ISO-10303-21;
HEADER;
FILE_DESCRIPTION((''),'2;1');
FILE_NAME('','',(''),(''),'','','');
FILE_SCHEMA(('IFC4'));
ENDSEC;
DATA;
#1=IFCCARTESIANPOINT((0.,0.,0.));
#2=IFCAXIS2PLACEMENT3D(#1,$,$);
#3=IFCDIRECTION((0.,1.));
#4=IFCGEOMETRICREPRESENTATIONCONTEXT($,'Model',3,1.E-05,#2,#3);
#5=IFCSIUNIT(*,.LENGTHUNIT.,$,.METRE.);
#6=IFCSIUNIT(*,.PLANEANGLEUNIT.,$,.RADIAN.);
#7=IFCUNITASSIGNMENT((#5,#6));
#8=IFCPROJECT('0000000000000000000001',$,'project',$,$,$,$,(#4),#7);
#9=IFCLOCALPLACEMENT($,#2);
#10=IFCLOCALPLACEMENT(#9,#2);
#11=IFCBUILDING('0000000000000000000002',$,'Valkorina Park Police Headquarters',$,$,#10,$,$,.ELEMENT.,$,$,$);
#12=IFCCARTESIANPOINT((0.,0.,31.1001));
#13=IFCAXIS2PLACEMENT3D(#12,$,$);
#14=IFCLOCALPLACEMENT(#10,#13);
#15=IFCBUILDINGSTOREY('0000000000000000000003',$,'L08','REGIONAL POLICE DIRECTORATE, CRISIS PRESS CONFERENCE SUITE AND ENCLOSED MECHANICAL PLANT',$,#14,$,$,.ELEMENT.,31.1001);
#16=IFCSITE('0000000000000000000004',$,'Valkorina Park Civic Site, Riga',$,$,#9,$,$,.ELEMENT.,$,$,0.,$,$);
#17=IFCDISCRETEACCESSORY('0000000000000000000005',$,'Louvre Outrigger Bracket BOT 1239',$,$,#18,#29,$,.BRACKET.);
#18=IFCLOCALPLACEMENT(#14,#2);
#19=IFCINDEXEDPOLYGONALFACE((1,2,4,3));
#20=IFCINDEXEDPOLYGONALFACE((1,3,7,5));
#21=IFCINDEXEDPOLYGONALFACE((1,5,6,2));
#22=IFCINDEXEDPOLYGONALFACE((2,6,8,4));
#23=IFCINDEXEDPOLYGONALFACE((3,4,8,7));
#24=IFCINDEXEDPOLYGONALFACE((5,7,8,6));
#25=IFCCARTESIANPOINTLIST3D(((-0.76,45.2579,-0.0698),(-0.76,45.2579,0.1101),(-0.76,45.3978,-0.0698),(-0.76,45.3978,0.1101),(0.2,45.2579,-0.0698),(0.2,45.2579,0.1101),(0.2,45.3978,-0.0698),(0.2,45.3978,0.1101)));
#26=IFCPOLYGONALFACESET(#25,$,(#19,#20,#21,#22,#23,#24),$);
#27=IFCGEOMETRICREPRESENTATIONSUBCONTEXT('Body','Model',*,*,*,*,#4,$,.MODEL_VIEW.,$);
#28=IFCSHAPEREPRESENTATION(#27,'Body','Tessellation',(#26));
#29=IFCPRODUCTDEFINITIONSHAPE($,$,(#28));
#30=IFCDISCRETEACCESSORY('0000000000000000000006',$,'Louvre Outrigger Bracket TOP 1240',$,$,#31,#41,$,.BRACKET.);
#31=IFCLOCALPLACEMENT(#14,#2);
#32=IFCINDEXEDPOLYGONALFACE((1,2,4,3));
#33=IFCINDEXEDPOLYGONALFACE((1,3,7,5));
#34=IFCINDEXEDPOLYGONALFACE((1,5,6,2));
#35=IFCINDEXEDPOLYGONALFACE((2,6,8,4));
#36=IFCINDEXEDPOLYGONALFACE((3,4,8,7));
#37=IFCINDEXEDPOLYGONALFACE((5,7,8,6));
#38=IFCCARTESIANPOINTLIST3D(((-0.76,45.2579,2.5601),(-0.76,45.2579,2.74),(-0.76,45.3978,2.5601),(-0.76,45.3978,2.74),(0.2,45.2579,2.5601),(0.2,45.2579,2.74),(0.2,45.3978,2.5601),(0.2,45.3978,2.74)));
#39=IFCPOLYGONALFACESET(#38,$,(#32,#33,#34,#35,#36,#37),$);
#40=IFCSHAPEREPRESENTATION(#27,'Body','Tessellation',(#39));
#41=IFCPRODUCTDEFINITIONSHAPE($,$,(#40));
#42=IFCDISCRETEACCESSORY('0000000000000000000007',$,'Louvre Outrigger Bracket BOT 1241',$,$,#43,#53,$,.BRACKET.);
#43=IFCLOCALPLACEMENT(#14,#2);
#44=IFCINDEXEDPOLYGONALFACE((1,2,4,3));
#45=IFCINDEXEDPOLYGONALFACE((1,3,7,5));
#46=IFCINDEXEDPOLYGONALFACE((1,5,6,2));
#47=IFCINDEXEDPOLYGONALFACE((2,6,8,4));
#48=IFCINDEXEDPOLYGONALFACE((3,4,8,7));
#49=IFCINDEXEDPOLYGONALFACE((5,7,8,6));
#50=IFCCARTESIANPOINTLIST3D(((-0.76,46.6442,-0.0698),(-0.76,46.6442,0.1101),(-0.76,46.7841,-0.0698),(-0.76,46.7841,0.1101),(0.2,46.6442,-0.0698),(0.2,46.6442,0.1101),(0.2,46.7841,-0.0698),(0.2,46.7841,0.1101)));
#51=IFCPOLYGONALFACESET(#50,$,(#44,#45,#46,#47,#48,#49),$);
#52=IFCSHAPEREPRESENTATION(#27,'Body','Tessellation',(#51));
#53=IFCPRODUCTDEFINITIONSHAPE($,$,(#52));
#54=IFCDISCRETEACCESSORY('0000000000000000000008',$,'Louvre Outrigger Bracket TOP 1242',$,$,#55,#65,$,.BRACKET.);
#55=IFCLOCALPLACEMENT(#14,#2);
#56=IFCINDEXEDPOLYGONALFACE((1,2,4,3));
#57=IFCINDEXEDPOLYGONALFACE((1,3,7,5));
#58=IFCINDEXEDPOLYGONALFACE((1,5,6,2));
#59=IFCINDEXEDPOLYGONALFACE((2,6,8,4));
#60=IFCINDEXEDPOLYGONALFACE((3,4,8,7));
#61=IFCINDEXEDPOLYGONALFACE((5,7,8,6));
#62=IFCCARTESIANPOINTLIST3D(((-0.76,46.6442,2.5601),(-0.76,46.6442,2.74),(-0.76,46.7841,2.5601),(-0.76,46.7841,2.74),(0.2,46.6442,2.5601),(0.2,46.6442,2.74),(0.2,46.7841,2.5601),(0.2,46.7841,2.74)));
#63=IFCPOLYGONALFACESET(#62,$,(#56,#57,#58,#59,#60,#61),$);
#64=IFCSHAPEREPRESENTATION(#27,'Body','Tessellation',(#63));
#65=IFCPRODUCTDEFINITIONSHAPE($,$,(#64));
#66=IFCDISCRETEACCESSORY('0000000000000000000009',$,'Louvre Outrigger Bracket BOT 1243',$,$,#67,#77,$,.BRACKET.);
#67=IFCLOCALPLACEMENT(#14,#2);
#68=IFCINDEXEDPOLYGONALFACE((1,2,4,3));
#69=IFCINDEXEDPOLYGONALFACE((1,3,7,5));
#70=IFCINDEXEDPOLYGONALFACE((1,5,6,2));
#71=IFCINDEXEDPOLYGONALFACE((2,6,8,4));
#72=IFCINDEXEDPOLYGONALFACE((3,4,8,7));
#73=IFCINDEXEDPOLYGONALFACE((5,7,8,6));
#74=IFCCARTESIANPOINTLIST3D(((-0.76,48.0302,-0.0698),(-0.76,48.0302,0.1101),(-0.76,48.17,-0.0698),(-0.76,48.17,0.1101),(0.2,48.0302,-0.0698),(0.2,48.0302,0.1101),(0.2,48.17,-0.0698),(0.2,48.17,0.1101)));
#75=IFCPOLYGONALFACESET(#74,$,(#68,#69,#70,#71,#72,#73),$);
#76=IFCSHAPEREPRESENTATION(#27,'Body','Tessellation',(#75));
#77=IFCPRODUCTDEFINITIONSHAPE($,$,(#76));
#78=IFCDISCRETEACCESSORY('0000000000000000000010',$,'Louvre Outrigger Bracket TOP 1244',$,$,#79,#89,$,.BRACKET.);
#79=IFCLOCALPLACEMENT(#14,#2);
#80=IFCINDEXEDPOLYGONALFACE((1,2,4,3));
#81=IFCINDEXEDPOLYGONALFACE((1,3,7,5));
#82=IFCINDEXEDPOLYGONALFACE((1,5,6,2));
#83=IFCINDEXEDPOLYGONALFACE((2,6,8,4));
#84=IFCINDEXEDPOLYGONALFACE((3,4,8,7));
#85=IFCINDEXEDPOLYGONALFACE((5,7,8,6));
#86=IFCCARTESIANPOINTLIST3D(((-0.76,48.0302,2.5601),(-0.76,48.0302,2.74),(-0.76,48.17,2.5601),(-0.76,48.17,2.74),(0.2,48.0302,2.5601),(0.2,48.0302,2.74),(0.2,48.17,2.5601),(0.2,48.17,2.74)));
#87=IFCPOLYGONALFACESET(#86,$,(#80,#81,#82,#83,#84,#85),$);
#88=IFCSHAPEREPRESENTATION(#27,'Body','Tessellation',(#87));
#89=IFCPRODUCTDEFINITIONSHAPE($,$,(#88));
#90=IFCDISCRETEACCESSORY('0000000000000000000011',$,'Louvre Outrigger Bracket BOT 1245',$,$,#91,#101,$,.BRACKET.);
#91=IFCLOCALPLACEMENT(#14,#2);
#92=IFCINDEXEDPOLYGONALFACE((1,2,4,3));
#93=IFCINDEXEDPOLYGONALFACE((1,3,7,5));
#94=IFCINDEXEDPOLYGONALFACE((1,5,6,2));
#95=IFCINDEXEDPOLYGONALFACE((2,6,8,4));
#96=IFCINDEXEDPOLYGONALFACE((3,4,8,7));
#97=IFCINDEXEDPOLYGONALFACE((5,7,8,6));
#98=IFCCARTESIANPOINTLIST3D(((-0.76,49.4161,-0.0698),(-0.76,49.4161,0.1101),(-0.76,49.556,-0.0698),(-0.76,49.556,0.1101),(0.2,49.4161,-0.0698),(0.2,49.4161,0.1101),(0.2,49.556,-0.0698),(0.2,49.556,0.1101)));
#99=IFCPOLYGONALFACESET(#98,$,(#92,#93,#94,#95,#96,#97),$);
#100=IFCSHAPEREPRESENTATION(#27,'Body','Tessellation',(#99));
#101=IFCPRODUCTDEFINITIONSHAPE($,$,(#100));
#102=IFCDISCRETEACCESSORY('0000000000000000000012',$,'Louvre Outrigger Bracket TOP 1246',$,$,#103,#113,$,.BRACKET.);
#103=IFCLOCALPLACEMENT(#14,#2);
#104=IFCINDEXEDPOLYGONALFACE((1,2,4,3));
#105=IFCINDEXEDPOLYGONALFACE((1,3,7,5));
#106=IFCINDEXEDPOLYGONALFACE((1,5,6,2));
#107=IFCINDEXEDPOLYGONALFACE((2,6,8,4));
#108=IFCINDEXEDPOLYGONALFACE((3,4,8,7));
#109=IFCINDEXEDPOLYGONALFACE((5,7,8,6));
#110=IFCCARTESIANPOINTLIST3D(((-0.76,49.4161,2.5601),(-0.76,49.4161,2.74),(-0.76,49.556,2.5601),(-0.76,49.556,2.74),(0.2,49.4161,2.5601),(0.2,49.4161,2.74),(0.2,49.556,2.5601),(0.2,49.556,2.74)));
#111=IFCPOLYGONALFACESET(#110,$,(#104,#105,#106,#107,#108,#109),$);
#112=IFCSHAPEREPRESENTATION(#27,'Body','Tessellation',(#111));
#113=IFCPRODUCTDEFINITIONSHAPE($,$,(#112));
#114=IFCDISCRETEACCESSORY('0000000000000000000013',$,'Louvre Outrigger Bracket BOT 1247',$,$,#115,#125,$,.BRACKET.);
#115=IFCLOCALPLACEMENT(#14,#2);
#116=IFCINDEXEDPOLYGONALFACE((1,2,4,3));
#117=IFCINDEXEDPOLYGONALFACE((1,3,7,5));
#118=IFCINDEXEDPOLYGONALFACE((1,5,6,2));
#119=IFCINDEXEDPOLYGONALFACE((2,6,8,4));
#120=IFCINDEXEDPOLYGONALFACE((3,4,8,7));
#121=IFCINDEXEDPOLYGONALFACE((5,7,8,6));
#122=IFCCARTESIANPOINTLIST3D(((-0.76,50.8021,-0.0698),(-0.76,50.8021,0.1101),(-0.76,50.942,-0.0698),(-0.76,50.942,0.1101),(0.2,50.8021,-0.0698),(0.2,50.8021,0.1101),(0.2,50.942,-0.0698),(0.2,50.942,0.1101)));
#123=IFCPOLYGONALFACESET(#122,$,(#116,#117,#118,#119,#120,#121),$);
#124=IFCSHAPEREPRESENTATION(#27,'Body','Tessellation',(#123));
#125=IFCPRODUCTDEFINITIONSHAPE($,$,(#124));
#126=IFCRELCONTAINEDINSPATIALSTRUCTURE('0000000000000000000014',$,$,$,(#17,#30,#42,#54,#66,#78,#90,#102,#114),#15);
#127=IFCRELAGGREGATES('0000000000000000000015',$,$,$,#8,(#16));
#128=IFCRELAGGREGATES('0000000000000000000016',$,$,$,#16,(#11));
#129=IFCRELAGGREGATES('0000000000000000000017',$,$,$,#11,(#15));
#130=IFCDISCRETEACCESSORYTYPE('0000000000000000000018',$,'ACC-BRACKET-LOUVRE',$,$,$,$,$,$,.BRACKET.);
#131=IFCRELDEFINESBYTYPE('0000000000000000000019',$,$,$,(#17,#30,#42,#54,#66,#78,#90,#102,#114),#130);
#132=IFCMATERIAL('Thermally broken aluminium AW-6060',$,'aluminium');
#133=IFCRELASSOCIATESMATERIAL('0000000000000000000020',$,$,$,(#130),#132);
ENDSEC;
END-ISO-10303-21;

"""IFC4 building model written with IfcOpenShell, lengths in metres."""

from ifc_helpers import new_model, si_unit, direction, frame, origin, origin_2d, place, context, subcontext, project, spatial, rectangle, extrude, material, type_object, element, save


model = new_model("IFC4")

# Units and contexts
model_context = context("Model", 3, precision=1e-05, world=origin(), true_north=direction((0.0, 1.0)))
body_context = subcontext(model_context, "Body", "Model", "MODEL_VIEW")
ifc_project = project(units=[si_unit("LENGTHUNIT", "METRE"), si_unit("PLANEANGLEUNIT", "RADIAN")], contexts=[model_context])

# Site, building, storey
site_placement = place(None, origin())
site = spatial("IfcSite", under=ifc_project, at=site_placement, Name="Valkorina Park Civic Site, Riga", CompositionType="ELEMENT", RefElevation=0.0)
building_placement = place(site_placement, origin())
building = spatial("IfcBuilding", under=site, at=building_placement, Name="Valkorina Park Police Headquarters", CompositionType="ELEMENT")
storey_placement = place(building_placement, frame((0.0, 0.0, 31.1001)))
storey = spatial("IfcBuildingStorey", under=building, at=storey_placement, Name="L08", Description="REGIONAL POLICE DIRECTORATE, CRISIS PRESS CONFERENCE SUITE AND ENCLOSED MECHANICAL PLANT", CompositionType="ELEMENT", Elevation=31.1001)

# Shared definitions
ifc_material_1 = material(Name="Thermally broken aluminium AW-6060", Category="aluminium")

# Discrete accessories
discrete_accessory_type = type_object("IfcDiscreteAccessoryType", Name="ACC-BRACKET-LOUVRE", PredefinedType="BRACKET", material=ifc_material_1)
for number, where, z_axis, x_axis, name in (
    (1, (-0.28, 45.3279, -0.0698), (0.0, 0.0, 1.0), (-1.0, 0.0, 0.0), "Louvre Outrigger Bracket BOT 1239"),
    (2, (-0.28, 45.3279, 2.5601), (0.0, 0.0, 1.0), (-1.0, 0.0, 0.0), "Louvre Outrigger Bracket TOP 1240"),
    (3, (-0.28, 46.7141, -0.0698), (0.0, 0.0, 1.0), (-1.0, 0.0, 0.0), "Louvre Outrigger Bracket BOT 1241"),
    (4, (-0.28, 46.7141, 2.5601), (0.0, 0.0, 1.0), (-1.0, 0.0, 0.0), "Louvre Outrigger Bracket TOP 1242"),
    (5, (-0.28, 48.1001, -0.0698), (0.0, 0.0, 1.0), (-1.0, 0.0, 0.0), "Louvre Outrigger Bracket BOT 1243"),
    (6, (-0.28, 48.1001, 2.5601), (0.0, 0.0, 1.0), (-1.0, 0.0, 0.0), "Louvre Outrigger Bracket TOP 1244"),
    (7, (-0.28, 49.4861, -0.0698), (0.0, 0.0, 1.0), (-1.0, 0.0, 0.0), "Louvre Outrigger Bracket BOT 1245"),
    (8, (-0.28, 49.4861, 2.5601), (0.0, 0.0, 1.0), (-1.0, 0.0, 0.0), "Louvre Outrigger Bracket TOP 1246"),
    (9, (-0.28, 50.8721, -0.0698), (0.0, 0.0, 1.0), (-1.0, 0.0, 0.0), "Louvre Outrigger Bracket BOT 1247"),
):
    element("IfcDiscreteAccessory", number, at=place(storey_placement, frame(where, z_axis=z_axis, x_axis=x_axis)), inside=storey, type_object=discrete_accessory_type, Name=name, PredefinedType="BRACKET", context=body_context, shape_type="SweptSolid", body=[
        extrude(rectangle(XDim=0.96, YDim=0.1399, at=origin_2d()), origin(), (0.0, 0.0, 1.0), 0.1799),
    ])

save(model, "model.ifc")
